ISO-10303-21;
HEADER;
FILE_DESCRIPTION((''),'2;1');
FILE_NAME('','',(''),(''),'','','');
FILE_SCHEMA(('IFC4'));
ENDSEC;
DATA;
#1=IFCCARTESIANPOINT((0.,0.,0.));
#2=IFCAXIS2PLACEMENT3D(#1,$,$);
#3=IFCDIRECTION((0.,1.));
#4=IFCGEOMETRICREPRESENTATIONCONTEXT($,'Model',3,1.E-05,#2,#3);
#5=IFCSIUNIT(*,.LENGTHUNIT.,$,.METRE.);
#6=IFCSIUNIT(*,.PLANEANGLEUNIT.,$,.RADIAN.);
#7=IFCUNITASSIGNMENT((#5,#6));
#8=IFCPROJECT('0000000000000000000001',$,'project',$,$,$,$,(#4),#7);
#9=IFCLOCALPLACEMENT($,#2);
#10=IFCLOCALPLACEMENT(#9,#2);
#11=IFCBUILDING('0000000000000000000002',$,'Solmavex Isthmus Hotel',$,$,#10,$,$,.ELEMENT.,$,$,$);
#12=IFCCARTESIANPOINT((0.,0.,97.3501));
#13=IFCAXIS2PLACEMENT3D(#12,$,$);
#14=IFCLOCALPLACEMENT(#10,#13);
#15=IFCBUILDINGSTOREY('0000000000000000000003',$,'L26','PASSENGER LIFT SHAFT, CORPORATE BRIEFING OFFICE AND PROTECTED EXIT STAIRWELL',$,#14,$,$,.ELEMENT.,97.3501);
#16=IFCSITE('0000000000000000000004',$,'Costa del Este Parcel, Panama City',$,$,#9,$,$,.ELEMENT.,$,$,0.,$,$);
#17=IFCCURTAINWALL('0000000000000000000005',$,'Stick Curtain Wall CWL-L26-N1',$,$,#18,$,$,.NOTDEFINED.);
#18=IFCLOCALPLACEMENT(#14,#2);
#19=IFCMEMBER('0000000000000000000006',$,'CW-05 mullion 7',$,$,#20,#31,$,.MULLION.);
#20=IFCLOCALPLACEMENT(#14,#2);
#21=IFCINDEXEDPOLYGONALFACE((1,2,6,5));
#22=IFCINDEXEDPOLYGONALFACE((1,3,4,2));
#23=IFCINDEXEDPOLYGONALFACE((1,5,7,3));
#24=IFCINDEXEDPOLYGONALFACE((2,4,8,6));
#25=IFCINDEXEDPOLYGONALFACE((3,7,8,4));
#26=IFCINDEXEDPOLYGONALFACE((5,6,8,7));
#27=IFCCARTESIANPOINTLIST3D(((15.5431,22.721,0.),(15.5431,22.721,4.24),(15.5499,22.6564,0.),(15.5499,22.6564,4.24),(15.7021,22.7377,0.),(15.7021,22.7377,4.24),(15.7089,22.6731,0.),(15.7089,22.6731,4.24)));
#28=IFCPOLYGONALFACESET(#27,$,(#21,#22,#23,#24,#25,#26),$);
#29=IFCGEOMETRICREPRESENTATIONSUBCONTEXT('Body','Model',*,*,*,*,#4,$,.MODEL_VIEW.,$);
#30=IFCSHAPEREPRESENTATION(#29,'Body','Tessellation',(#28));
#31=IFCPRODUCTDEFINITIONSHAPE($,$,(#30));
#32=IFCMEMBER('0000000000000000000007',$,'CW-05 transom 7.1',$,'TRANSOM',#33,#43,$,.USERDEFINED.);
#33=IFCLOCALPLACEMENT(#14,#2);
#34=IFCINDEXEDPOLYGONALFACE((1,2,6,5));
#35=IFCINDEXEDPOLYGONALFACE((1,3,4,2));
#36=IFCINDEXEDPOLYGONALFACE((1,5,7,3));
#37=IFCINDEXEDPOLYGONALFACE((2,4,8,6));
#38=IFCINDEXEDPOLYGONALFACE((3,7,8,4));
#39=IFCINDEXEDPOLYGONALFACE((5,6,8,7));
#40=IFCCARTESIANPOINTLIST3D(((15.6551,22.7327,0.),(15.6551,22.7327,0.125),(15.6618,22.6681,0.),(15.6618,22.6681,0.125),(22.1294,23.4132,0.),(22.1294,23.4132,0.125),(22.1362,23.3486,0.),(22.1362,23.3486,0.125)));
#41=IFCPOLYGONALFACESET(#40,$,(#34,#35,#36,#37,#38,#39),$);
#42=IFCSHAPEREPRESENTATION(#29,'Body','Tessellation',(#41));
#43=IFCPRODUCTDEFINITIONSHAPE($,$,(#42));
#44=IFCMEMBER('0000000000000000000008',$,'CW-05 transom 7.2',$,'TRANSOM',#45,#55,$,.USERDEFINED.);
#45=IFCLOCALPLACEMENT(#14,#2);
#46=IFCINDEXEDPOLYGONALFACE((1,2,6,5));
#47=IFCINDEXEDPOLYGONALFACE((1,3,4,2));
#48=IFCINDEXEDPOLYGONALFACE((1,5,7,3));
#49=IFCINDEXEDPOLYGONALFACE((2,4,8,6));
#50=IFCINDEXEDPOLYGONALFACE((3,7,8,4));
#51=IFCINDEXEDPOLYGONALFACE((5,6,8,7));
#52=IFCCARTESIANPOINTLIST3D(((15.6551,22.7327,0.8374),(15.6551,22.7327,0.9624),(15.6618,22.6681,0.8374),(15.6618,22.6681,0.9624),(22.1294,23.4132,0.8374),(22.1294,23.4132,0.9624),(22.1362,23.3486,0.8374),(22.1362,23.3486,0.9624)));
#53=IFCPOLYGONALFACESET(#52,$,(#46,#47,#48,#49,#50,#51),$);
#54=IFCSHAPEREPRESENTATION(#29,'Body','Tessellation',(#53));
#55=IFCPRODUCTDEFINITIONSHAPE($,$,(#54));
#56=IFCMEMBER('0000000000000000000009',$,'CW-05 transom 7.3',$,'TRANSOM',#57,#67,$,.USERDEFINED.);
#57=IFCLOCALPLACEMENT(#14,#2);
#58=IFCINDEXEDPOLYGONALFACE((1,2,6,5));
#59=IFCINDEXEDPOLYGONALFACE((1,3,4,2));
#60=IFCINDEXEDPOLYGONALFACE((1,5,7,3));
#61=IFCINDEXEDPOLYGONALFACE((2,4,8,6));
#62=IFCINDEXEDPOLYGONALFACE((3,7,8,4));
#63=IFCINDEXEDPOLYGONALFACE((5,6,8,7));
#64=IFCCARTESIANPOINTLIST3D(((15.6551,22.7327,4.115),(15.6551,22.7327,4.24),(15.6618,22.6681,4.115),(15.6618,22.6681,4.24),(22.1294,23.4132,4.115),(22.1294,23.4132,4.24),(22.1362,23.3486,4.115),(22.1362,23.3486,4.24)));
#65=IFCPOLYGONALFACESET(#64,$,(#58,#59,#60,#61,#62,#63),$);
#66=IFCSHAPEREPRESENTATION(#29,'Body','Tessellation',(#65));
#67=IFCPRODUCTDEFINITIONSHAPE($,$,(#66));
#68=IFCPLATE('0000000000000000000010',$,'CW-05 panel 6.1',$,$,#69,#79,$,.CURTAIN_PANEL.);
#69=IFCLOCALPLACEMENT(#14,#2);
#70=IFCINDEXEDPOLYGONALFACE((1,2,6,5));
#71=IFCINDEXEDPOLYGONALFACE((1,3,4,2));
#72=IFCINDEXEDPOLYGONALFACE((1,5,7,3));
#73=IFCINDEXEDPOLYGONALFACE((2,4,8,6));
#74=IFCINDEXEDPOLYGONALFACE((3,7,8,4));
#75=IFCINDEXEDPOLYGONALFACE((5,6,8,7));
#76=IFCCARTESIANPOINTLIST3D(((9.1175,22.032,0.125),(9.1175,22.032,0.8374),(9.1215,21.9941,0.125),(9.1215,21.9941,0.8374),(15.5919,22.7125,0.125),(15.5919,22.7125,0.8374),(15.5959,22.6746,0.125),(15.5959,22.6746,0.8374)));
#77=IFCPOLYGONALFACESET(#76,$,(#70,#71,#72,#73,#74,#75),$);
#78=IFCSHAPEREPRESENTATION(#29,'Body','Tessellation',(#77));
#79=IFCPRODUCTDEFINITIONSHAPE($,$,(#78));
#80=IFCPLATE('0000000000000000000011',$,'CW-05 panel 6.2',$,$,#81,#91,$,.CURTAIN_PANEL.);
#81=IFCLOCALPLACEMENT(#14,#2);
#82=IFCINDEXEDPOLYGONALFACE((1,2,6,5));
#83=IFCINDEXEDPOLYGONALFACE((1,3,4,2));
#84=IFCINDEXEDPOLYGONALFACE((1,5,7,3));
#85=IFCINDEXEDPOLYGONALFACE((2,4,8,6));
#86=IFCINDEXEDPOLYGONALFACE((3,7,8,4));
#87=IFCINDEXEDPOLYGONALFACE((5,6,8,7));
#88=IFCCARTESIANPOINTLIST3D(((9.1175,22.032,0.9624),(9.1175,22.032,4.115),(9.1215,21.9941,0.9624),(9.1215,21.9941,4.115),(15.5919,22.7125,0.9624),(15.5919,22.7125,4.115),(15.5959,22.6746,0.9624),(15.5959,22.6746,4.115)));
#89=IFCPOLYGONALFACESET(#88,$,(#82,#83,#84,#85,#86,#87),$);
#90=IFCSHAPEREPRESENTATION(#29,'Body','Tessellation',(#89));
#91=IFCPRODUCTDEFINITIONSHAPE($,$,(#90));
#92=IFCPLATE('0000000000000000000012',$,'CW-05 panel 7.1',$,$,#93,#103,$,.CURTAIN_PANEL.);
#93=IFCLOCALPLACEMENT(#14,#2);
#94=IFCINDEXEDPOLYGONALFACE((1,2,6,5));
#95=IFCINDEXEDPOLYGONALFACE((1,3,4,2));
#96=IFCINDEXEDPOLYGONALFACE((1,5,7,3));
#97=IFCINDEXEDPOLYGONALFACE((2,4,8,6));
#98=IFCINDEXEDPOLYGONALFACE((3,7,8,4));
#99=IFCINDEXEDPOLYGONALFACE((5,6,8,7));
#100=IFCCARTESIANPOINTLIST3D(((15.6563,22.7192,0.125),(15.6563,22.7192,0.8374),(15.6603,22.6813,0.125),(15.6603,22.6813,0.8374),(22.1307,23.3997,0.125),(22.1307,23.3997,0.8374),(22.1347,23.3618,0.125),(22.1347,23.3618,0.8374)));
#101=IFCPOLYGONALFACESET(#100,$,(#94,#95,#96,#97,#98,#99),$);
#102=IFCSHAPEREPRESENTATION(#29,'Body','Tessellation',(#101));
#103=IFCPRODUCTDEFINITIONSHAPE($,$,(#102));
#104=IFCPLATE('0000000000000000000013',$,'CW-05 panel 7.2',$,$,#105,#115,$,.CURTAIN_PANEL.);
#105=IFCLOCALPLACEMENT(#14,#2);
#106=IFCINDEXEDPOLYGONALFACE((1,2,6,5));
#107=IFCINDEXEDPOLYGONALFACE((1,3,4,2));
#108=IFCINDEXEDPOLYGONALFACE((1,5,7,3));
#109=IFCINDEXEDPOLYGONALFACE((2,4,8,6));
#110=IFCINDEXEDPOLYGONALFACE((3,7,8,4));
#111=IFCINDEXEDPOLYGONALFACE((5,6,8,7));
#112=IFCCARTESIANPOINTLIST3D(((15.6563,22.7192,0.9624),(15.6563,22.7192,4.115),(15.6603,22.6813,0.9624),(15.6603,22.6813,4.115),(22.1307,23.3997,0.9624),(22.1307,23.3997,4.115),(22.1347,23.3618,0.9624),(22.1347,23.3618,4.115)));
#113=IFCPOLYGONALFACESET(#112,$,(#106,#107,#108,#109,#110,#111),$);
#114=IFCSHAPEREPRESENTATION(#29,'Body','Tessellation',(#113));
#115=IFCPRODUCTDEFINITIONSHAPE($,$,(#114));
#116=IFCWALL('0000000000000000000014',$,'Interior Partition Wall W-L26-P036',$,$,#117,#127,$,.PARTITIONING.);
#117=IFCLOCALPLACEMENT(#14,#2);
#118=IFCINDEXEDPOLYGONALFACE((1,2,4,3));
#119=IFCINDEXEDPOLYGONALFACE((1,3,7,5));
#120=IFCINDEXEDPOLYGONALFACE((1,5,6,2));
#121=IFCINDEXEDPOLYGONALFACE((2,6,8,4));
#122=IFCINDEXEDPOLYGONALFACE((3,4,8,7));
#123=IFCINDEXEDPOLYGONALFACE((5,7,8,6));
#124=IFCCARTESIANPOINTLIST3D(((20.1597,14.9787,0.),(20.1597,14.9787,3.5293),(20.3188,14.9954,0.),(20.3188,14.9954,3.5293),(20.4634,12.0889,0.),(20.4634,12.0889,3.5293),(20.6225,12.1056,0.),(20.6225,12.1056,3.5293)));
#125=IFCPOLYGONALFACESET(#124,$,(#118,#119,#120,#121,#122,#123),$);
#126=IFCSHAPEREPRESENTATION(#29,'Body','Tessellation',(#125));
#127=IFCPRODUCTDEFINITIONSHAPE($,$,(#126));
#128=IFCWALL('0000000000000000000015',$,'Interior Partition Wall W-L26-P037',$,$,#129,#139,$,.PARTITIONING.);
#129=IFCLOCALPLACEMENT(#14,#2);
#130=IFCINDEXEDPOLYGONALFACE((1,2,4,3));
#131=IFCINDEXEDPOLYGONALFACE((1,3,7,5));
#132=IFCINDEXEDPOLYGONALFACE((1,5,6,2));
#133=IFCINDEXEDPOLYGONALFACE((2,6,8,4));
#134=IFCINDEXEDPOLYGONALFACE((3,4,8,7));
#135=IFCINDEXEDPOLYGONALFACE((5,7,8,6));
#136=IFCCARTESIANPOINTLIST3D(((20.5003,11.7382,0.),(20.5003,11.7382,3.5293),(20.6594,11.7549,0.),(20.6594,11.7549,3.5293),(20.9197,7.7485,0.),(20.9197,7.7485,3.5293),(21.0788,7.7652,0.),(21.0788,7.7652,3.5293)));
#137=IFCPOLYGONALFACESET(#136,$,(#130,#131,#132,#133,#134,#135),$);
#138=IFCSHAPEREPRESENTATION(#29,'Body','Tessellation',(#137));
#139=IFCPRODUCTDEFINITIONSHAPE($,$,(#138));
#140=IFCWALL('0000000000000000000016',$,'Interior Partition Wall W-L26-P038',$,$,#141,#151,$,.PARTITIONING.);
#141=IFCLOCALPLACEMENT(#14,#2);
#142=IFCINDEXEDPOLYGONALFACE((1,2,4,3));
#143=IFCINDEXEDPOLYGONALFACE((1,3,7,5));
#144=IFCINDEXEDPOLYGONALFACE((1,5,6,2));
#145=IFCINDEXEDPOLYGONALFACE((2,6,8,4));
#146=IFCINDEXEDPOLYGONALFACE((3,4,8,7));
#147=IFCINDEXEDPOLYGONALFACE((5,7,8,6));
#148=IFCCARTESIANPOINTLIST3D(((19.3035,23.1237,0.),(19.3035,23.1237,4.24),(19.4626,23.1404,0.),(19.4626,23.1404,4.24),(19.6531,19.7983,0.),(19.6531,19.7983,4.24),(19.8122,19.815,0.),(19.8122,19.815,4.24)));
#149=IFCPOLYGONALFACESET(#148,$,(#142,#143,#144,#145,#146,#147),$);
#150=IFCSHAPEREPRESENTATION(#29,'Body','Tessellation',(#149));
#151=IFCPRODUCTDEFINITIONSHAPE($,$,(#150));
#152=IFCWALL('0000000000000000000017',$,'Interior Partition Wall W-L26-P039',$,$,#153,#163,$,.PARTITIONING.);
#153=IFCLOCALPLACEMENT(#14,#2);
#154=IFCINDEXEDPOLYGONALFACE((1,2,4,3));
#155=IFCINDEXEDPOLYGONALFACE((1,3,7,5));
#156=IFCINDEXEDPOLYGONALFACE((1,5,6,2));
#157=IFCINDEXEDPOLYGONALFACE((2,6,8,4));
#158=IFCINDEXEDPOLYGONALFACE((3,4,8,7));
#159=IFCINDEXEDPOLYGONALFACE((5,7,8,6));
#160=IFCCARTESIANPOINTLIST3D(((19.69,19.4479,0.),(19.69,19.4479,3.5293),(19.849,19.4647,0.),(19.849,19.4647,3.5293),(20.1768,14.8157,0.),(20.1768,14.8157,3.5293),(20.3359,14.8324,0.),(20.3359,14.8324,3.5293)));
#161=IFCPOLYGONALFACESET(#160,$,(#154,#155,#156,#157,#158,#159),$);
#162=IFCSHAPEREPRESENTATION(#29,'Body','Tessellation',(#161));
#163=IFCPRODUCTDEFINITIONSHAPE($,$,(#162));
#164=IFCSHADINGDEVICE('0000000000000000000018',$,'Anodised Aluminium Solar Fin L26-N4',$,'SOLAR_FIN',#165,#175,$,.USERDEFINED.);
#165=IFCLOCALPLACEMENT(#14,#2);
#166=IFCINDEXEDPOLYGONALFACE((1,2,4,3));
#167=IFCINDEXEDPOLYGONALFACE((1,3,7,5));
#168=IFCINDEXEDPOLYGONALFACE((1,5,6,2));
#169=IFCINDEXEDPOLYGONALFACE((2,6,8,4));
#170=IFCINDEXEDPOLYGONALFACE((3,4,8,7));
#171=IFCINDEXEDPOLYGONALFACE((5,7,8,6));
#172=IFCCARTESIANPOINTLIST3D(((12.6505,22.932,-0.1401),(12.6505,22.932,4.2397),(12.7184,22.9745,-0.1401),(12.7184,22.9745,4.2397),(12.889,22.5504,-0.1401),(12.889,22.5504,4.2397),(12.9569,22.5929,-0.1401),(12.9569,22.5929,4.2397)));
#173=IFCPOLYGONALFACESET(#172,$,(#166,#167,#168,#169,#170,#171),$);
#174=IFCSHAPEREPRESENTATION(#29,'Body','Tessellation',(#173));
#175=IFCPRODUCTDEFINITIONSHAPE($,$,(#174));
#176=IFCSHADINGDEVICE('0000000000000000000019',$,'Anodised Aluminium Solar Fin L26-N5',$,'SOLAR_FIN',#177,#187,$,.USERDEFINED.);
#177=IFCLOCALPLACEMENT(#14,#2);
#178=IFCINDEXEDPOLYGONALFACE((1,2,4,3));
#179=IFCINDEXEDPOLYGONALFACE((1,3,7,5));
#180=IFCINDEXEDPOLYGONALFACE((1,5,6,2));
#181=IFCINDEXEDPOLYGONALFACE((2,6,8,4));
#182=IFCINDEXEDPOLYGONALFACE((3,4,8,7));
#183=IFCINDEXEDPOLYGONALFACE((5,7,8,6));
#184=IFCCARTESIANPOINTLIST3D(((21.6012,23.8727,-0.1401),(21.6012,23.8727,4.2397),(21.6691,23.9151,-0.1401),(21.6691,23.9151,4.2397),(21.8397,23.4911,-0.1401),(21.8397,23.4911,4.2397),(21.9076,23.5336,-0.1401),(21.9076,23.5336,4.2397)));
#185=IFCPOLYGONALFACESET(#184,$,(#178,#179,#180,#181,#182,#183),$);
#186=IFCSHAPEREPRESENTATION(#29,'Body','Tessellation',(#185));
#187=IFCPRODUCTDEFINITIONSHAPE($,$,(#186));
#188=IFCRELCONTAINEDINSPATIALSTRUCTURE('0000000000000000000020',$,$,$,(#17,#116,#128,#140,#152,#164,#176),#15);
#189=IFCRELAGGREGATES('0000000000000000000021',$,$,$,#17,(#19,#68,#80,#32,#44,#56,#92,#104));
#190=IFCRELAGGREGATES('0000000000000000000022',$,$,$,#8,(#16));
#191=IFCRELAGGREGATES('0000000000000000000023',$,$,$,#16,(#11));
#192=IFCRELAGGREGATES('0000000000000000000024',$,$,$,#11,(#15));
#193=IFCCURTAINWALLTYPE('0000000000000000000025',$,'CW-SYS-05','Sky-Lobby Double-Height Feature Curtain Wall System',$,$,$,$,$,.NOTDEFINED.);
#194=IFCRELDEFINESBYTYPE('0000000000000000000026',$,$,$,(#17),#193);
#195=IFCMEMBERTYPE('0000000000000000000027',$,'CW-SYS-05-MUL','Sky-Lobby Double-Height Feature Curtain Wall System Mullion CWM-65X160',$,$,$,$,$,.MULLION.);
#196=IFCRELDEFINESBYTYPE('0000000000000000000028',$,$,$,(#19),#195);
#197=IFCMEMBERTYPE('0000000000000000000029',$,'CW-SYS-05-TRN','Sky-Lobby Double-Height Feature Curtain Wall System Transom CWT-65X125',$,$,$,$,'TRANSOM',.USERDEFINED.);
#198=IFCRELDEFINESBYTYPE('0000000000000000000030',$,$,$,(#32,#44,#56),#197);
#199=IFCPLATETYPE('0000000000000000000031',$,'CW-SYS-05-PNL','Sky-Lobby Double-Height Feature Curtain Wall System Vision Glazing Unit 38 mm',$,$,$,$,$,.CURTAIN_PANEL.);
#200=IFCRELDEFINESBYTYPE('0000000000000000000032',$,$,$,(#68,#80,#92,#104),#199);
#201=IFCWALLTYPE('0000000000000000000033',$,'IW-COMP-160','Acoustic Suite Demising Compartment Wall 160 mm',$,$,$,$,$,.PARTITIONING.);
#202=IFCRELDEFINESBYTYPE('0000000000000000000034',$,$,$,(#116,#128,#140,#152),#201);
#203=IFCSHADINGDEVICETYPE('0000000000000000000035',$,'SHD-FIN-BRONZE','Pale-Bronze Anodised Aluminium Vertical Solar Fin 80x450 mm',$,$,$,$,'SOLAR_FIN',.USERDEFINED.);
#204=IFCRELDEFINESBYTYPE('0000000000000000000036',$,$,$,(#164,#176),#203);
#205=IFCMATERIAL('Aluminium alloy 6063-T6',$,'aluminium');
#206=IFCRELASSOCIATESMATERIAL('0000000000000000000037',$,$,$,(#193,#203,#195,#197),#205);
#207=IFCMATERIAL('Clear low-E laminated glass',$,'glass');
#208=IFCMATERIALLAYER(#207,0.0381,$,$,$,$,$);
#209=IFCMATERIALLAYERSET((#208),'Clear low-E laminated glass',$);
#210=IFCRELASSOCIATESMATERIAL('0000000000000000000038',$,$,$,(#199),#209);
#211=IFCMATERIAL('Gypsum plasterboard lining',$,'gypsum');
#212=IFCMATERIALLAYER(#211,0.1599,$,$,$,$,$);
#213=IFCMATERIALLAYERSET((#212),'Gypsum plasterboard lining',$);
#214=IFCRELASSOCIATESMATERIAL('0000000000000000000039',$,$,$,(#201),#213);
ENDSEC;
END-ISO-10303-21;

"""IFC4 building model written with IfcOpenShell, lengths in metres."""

from ifc_helpers import new_model, si_unit, direction, frame, frame_2d, origin, origin_2d, place, context, subcontext, project, spatial, rectangle, extrude, material, layer, layer_set, material_profile, profile_set, type_object, element, aggregate, save


model = new_model("IFC4")

# Units and contexts
model_context = context("Model", 3, precision=1e-05, world=origin(), true_north=direction((0.0, 1.0)))
body_context = subcontext(model_context, "Body", "Model", "MODEL_VIEW")
ifc_project = project(units=[si_unit("LENGTHUNIT", "METRE"), si_unit("PLANEANGLEUNIT", "RADIAN")], contexts=[model_context])

# Site, building, storey
site_placement = place(None, origin())
site = spatial("IfcSite", under=ifc_project, at=site_placement, Name="Costa del Este Parcel, Panama City", CompositionType="ELEMENT", RefElevation=0.0)
building_placement = place(site_placement, origin())
building = spatial("IfcBuilding", under=site, at=building_placement, Name="Solmavex Isthmus Hotel", CompositionType="ELEMENT")
storey_placement = place(building_placement, frame((0.0, 0.0, 97.3501)))
storey = spatial("IfcBuildingStorey", under=building, at=storey_placement, Name="L26", Description="PASSENGER LIFT SHAFT, CORPORATE BRIEFING OFFICE AND PROTECTED EXIT STAIRWELL", CompositionType="ELEMENT", Elevation=97.3501)

# Curtain wall, members, plates
ifc_material_1 = material(Name="Aluminium alloy 6063-T6", Category="aluminium")
curtain_wall_type = type_object("IfcCurtainWallType", Name="CW-SYS-05", Description="Sky-Lobby Double-Height Feature Curtain Wall System", PredefinedType="NOTDEFINED", material=ifc_material_1)
curtain_wall_placement = place(storey_placement, origin())
curtain_wall = element("IfcCurtainWall", 1, at=curtain_wall_placement, inside=storey, type_object=curtain_wall_type, Name="Stick Curtain Wall CWL-L26-N1", PredefinedType="NOTDEFINED")
ifc_material_profile_1 = material_profile(ifc_material_1, rectangle(XDim=0.0649, YDim=0.1599, at=origin_2d()), Name="CWM-65X160")
ifc_profile_set_1 = profile_set([ifc_material_profile_1], Name="Aluminium alloy 6063-T6")
member_type_1 = type_object("IfcMemberType", Name="CW-SYS-05-MUL", Description="Sky-Lobby Double-Height Feature Curtain Wall System Mullion CWM-65X160", PredefinedType="MULLION", material=ifc_profile_set_1)
member_1_placement = place(storey_placement, frame((15.626, 22.697, 0.0), z_axis=(0.0, 0.0, 1.0), x_axis=(-0.104528, 0.994522, 0.0)))
member_1 = element("IfcMember", 2, at=member_1_placement, type_object=member_type_1, Name="CW-05 mullion 7", PredefinedType="MULLION", context=body_context, shape_type="SweptSolid", body=[
    extrude(rectangle(XDim=0.0649, YDim=0.1599, at=origin_2d()), origin(), (0.0, 0.0, 1.0), 4.24),
])
ifc_material_profile_2 = material_profile(ifc_material_1, rectangle(XDim=0.0649, YDim=0.125, at=origin_2d()), Name="CWT-65X125")
ifc_profile_set_2 = profile_set([ifc_material_profile_2], Name="Aluminium alloy 6063-T6")
member_type_2 = type_object("IfcMemberType", Name="CW-SYS-05-TRN", Description="Sky-Lobby Double-Height Feature Curtain Wall System Transom CWT-65X125", ElementType="TRANSOM", PredefinedType="USERDEFINED", material=ifc_profile_set_2)
member_2_placement = place(storey_placement, frame((15.6584, 22.7004, 0.0625), z_axis=(0.994523, 0.104519, 0.0), x_axis=(-0.104519, 0.994523, 0.0)))
member_2 = element("IfcMember", 3, at=member_2_placement, type_object=member_type_2, Name="CW-05 transom 7.1", ObjectType="TRANSOM", PredefinedType="USERDEFINED", context=body_context, shape_type="SweptSolid", body=[
    extrude(rectangle(XDim=0.0649, YDim=0.125, at=origin_2d()), origin(), (0.0, 0.0, 1.0), 6.51),
])
member_3_placement = place(storey_placement, frame((15.6584, 22.7004, 0.8999), z_axis=(0.994523, 0.104519, 0.0), x_axis=(-0.104519, 0.994523, 0.0)))
member_3 = element("IfcMember", 4, at=member_3_placement, type_object=member_type_2, Name="CW-05 transom 7.2", ObjectType="TRANSOM", PredefinedType="USERDEFINED", context=body_context, shape_type="SweptSolid", body=[
    extrude(rectangle(XDim=0.0649, YDim=0.125, at=origin_2d()), origin(), (0.0, 0.0, 1.0), 6.51),
])
member_4_placement = place(storey_placement, frame((15.6584, 22.7004, 4.1775), z_axis=(0.994523, 0.104519, 0.0), x_axis=(-0.104519, 0.994523, 0.0)))
member_4 = element("IfcMember", 5, at=member_4_placement, type_object=member_type_2, Name="CW-05 transom 7.3", ObjectType="TRANSOM", PredefinedType="USERDEFINED", context=body_context, shape_type="SweptSolid", body=[
    extrude(rectangle(XDim=0.0649, YDim=0.125, at=origin_2d()), origin(), (0.0, 0.0, 1.0), 6.51),
])
ifc_material_2 = material(Name="Clear low-E laminated glass", Category="glass")
ifc_layer_1 = layer(ifc_material_2, 0.0381)
ifc_layer_set_1 = layer_set([ifc_layer_1], Name="Clear low-E laminated glass")
plate_type = type_object("IfcPlateType", Name="CW-SYS-05-PNL", Description="Sky-Lobby Double-Height Feature Curtain Wall System Vision Glazing Unit 38 mm", PredefinedType="CURTAIN_PANEL", material=ifc_layer_set_1)
plate_1_placement = place(storey_placement, frame((12.3567, 22.3533, 0.125), z_axis=(0.0, 0.0, 1.0), x_axis=(0.994522, 0.104528, 0.0)))
plate_1 = element("IfcPlate", 6, at=plate_1_placement, type_object=plate_type, Name="CW-05 panel 6.1", PredefinedType="CURTAIN_PANEL", context=body_context, shape_type="SweptSolid", body=[
    extrude(rectangle(XDim=6.51, YDim=0.0381, at=origin_2d()), origin(), (0.0, 0.0, 1.0), 0.7124),
])
plate_2_placement = place(storey_placement, frame((12.3567, 22.3533, 0.9624), z_axis=(0.0, 0.0, 1.0), x_axis=(0.994522, 0.104528, 0.0)))
plate_2 = element("IfcPlate", 7, at=plate_2_placement, type_object=plate_type, Name="CW-05 panel 6.2", PredefinedType="CURTAIN_PANEL", context=body_context, shape_type="SweptSolid", body=[
    extrude(rectangle(XDim=6.51, YDim=0.0381, at=origin_2d()), origin(), (0.0, 0.0, 1.0), 3.1526),
])
plate_3_placement = place(storey_placement, frame((18.8955, 23.0405, 0.125), z_axis=(0.0, 0.0, 1.0), x_axis=(0.994522, 0.104528, 0.0)))
plate_3 = element("IfcPlate", 8, at=plate_3_placement, type_object=plate_type, Name="CW-05 panel 7.1", PredefinedType="CURTAIN_PANEL", context=body_context, shape_type="SweptSolid", body=[
    extrude(rectangle(XDim=6.51, YDim=0.0381, at=origin_2d()), origin(), (0.0, 0.0, 1.0), 0.7124),
])
plate_4_placement = place(storey_placement, frame((18.8955, 23.0405, 0.9624), z_axis=(0.0, 0.0, 1.0), x_axis=(0.994522, 0.104528, 0.0)))
plate_4 = element("IfcPlate", 9, at=plate_4_placement, type_object=plate_type, Name="CW-05 panel 7.2", PredefinedType="CURTAIN_PANEL", context=body_context, shape_type="SweptSolid", body=[
    extrude(rectangle(XDim=6.51, YDim=0.0381, at=origin_2d()), origin(), (0.0, 0.0, 1.0), 3.1526),
])
aggregate(curtain_wall, [member_1, plate_1, plate_2, member_2, member_3, member_4, plate_3, plate_4])

# Walls
ifc_material_3 = material(Name="Gypsum plasterboard lining", Category="gypsum")
ifc_layer_2 = layer(ifc_material_3, 0.1599)
ifc_layer_set_2 = layer_set([ifc_layer_2], Name="Gypsum plasterboard lining")
wall_type_1 = type_object("IfcWallType", Name="IW-COMP-160", Description="Acoustic Suite Demising Compartment Wall 160 mm", PredefinedType="PARTITIONING", material=ifc_layer_set_2)
wall_1_placement = place(storey_placement, frame((20.2393, 14.9871, 0.0), z_axis=(0.0, 0.0, 1.0), x_axis=(0.104519, -0.994523, 0.0)))
element("IfcWall", 10, at=wall_1_placement, inside=storey, type_object=wall_type_1, Name="Interior Partition Wall W-L26-P036", PredefinedType="PARTITIONING", context=body_context, shape_type="SweptSolid", body=[
    extrude(rectangle(XDim=2.9058, YDim=0.1599, at=frame_2d((1.4529, 0.0))), origin(), (0.0, 0.0, 1.0), 3.5293),
])
wall_2_placement = place(storey_placement, frame((20.5798, 11.7466, 0.0), z_axis=(0.0, 0.0, 1.0), x_axis=(0.104552, -0.994519, 0.0)))
element("IfcWall", 11, at=wall_2_placement, inside=storey, type_object=wall_type_1, Name="Interior Partition Wall W-L26-P037", PredefinedType="PARTITIONING", context=body_context, shape_type="SweptSolid", body=[
    extrude(rectangle(XDim=4.0117, YDim=0.1599, at=frame_2d((2.0059, 0.0))), origin(), (0.0, 0.0, 1.0), 3.5293),
])
wall_3_placement = place(storey_placement, frame((19.3831, 23.1321, 0.0), z_axis=(0.0, 0.0, 1.0), x_axis=(0.104556, -0.994519, 0.0)))
element("IfcWall", 12, at=wall_3_placement, inside=storey, type_object=wall_type_1, Name="Interior Partition Wall W-L26-P038", PredefinedType="PARTITIONING", context=body_context, shape_type="SweptSolid", body=[
    extrude(rectangle(XDim=3.3438, YDim=0.1599, at=frame_2d((1.6719, 0.0))), origin(), (0.0, 0.0, 1.0), 4.24),
])
wall_4_placement = place(storey_placement, frame((19.7695, 19.4563, 0.0), z_axis=(0.0, 0.0, 1.0), x_axis=(0.104516, -0.994523, 0.0)))
element("IfcWall", 13, at=wall_4_placement, inside=storey, type_object=wall_type_1, Name="Interior Partition Wall W-L26-P039", PredefinedType="PARTITIONING", context=body_context, shape_type="SweptSolid", body=[
    extrude(rectangle(XDim=4.6577, YDim=0.1599, at=frame_2d((2.3289, 0.0))), origin(), (0.0, 0.0, 1.0), 3.5293),
])

# Shading devices
shading_device_type = type_object("IfcShadingDeviceType", Name="SHD-FIN-BRONZE", Description="Pale-Bronze Anodised Aluminium Vertical Solar Fin 80x450 mm", ElementType="SOLAR_FIN", PredefinedType="USERDEFINED", material=ifc_material_1)
for number, where, z_axis, x_axis, name in (
    (14, (12.8037, 22.7625, -0.1401), (0.0, 0.0, 1.0), (-0.529919, 0.848048, 0.0), "Anodised Aluminium Solar Fin L26-N4"),
    (15, (21.7544, 23.7031, -0.1401), (0.0, 0.0, 1.0), (-0.529919, 0.848048, 0.0), "Anodised Aluminium Solar Fin L26-N5"),
):
    element("IfcShadingDevice", number, at=place(storey_placement, frame(where, z_axis=z_axis, x_axis=x_axis)), inside=storey, type_object=shading_device_type, Name=name, ObjectType="SOLAR_FIN", PredefinedType="USERDEFINED", context=body_context, shape_type="SweptSolid", body=[
        extrude(rectangle(XDim=0.45, YDim=0.0801, at=origin_2d()), origin(), (0.0, 0.0, 1.0), 4.3799),
    ])

save(model, "model.ifc")
